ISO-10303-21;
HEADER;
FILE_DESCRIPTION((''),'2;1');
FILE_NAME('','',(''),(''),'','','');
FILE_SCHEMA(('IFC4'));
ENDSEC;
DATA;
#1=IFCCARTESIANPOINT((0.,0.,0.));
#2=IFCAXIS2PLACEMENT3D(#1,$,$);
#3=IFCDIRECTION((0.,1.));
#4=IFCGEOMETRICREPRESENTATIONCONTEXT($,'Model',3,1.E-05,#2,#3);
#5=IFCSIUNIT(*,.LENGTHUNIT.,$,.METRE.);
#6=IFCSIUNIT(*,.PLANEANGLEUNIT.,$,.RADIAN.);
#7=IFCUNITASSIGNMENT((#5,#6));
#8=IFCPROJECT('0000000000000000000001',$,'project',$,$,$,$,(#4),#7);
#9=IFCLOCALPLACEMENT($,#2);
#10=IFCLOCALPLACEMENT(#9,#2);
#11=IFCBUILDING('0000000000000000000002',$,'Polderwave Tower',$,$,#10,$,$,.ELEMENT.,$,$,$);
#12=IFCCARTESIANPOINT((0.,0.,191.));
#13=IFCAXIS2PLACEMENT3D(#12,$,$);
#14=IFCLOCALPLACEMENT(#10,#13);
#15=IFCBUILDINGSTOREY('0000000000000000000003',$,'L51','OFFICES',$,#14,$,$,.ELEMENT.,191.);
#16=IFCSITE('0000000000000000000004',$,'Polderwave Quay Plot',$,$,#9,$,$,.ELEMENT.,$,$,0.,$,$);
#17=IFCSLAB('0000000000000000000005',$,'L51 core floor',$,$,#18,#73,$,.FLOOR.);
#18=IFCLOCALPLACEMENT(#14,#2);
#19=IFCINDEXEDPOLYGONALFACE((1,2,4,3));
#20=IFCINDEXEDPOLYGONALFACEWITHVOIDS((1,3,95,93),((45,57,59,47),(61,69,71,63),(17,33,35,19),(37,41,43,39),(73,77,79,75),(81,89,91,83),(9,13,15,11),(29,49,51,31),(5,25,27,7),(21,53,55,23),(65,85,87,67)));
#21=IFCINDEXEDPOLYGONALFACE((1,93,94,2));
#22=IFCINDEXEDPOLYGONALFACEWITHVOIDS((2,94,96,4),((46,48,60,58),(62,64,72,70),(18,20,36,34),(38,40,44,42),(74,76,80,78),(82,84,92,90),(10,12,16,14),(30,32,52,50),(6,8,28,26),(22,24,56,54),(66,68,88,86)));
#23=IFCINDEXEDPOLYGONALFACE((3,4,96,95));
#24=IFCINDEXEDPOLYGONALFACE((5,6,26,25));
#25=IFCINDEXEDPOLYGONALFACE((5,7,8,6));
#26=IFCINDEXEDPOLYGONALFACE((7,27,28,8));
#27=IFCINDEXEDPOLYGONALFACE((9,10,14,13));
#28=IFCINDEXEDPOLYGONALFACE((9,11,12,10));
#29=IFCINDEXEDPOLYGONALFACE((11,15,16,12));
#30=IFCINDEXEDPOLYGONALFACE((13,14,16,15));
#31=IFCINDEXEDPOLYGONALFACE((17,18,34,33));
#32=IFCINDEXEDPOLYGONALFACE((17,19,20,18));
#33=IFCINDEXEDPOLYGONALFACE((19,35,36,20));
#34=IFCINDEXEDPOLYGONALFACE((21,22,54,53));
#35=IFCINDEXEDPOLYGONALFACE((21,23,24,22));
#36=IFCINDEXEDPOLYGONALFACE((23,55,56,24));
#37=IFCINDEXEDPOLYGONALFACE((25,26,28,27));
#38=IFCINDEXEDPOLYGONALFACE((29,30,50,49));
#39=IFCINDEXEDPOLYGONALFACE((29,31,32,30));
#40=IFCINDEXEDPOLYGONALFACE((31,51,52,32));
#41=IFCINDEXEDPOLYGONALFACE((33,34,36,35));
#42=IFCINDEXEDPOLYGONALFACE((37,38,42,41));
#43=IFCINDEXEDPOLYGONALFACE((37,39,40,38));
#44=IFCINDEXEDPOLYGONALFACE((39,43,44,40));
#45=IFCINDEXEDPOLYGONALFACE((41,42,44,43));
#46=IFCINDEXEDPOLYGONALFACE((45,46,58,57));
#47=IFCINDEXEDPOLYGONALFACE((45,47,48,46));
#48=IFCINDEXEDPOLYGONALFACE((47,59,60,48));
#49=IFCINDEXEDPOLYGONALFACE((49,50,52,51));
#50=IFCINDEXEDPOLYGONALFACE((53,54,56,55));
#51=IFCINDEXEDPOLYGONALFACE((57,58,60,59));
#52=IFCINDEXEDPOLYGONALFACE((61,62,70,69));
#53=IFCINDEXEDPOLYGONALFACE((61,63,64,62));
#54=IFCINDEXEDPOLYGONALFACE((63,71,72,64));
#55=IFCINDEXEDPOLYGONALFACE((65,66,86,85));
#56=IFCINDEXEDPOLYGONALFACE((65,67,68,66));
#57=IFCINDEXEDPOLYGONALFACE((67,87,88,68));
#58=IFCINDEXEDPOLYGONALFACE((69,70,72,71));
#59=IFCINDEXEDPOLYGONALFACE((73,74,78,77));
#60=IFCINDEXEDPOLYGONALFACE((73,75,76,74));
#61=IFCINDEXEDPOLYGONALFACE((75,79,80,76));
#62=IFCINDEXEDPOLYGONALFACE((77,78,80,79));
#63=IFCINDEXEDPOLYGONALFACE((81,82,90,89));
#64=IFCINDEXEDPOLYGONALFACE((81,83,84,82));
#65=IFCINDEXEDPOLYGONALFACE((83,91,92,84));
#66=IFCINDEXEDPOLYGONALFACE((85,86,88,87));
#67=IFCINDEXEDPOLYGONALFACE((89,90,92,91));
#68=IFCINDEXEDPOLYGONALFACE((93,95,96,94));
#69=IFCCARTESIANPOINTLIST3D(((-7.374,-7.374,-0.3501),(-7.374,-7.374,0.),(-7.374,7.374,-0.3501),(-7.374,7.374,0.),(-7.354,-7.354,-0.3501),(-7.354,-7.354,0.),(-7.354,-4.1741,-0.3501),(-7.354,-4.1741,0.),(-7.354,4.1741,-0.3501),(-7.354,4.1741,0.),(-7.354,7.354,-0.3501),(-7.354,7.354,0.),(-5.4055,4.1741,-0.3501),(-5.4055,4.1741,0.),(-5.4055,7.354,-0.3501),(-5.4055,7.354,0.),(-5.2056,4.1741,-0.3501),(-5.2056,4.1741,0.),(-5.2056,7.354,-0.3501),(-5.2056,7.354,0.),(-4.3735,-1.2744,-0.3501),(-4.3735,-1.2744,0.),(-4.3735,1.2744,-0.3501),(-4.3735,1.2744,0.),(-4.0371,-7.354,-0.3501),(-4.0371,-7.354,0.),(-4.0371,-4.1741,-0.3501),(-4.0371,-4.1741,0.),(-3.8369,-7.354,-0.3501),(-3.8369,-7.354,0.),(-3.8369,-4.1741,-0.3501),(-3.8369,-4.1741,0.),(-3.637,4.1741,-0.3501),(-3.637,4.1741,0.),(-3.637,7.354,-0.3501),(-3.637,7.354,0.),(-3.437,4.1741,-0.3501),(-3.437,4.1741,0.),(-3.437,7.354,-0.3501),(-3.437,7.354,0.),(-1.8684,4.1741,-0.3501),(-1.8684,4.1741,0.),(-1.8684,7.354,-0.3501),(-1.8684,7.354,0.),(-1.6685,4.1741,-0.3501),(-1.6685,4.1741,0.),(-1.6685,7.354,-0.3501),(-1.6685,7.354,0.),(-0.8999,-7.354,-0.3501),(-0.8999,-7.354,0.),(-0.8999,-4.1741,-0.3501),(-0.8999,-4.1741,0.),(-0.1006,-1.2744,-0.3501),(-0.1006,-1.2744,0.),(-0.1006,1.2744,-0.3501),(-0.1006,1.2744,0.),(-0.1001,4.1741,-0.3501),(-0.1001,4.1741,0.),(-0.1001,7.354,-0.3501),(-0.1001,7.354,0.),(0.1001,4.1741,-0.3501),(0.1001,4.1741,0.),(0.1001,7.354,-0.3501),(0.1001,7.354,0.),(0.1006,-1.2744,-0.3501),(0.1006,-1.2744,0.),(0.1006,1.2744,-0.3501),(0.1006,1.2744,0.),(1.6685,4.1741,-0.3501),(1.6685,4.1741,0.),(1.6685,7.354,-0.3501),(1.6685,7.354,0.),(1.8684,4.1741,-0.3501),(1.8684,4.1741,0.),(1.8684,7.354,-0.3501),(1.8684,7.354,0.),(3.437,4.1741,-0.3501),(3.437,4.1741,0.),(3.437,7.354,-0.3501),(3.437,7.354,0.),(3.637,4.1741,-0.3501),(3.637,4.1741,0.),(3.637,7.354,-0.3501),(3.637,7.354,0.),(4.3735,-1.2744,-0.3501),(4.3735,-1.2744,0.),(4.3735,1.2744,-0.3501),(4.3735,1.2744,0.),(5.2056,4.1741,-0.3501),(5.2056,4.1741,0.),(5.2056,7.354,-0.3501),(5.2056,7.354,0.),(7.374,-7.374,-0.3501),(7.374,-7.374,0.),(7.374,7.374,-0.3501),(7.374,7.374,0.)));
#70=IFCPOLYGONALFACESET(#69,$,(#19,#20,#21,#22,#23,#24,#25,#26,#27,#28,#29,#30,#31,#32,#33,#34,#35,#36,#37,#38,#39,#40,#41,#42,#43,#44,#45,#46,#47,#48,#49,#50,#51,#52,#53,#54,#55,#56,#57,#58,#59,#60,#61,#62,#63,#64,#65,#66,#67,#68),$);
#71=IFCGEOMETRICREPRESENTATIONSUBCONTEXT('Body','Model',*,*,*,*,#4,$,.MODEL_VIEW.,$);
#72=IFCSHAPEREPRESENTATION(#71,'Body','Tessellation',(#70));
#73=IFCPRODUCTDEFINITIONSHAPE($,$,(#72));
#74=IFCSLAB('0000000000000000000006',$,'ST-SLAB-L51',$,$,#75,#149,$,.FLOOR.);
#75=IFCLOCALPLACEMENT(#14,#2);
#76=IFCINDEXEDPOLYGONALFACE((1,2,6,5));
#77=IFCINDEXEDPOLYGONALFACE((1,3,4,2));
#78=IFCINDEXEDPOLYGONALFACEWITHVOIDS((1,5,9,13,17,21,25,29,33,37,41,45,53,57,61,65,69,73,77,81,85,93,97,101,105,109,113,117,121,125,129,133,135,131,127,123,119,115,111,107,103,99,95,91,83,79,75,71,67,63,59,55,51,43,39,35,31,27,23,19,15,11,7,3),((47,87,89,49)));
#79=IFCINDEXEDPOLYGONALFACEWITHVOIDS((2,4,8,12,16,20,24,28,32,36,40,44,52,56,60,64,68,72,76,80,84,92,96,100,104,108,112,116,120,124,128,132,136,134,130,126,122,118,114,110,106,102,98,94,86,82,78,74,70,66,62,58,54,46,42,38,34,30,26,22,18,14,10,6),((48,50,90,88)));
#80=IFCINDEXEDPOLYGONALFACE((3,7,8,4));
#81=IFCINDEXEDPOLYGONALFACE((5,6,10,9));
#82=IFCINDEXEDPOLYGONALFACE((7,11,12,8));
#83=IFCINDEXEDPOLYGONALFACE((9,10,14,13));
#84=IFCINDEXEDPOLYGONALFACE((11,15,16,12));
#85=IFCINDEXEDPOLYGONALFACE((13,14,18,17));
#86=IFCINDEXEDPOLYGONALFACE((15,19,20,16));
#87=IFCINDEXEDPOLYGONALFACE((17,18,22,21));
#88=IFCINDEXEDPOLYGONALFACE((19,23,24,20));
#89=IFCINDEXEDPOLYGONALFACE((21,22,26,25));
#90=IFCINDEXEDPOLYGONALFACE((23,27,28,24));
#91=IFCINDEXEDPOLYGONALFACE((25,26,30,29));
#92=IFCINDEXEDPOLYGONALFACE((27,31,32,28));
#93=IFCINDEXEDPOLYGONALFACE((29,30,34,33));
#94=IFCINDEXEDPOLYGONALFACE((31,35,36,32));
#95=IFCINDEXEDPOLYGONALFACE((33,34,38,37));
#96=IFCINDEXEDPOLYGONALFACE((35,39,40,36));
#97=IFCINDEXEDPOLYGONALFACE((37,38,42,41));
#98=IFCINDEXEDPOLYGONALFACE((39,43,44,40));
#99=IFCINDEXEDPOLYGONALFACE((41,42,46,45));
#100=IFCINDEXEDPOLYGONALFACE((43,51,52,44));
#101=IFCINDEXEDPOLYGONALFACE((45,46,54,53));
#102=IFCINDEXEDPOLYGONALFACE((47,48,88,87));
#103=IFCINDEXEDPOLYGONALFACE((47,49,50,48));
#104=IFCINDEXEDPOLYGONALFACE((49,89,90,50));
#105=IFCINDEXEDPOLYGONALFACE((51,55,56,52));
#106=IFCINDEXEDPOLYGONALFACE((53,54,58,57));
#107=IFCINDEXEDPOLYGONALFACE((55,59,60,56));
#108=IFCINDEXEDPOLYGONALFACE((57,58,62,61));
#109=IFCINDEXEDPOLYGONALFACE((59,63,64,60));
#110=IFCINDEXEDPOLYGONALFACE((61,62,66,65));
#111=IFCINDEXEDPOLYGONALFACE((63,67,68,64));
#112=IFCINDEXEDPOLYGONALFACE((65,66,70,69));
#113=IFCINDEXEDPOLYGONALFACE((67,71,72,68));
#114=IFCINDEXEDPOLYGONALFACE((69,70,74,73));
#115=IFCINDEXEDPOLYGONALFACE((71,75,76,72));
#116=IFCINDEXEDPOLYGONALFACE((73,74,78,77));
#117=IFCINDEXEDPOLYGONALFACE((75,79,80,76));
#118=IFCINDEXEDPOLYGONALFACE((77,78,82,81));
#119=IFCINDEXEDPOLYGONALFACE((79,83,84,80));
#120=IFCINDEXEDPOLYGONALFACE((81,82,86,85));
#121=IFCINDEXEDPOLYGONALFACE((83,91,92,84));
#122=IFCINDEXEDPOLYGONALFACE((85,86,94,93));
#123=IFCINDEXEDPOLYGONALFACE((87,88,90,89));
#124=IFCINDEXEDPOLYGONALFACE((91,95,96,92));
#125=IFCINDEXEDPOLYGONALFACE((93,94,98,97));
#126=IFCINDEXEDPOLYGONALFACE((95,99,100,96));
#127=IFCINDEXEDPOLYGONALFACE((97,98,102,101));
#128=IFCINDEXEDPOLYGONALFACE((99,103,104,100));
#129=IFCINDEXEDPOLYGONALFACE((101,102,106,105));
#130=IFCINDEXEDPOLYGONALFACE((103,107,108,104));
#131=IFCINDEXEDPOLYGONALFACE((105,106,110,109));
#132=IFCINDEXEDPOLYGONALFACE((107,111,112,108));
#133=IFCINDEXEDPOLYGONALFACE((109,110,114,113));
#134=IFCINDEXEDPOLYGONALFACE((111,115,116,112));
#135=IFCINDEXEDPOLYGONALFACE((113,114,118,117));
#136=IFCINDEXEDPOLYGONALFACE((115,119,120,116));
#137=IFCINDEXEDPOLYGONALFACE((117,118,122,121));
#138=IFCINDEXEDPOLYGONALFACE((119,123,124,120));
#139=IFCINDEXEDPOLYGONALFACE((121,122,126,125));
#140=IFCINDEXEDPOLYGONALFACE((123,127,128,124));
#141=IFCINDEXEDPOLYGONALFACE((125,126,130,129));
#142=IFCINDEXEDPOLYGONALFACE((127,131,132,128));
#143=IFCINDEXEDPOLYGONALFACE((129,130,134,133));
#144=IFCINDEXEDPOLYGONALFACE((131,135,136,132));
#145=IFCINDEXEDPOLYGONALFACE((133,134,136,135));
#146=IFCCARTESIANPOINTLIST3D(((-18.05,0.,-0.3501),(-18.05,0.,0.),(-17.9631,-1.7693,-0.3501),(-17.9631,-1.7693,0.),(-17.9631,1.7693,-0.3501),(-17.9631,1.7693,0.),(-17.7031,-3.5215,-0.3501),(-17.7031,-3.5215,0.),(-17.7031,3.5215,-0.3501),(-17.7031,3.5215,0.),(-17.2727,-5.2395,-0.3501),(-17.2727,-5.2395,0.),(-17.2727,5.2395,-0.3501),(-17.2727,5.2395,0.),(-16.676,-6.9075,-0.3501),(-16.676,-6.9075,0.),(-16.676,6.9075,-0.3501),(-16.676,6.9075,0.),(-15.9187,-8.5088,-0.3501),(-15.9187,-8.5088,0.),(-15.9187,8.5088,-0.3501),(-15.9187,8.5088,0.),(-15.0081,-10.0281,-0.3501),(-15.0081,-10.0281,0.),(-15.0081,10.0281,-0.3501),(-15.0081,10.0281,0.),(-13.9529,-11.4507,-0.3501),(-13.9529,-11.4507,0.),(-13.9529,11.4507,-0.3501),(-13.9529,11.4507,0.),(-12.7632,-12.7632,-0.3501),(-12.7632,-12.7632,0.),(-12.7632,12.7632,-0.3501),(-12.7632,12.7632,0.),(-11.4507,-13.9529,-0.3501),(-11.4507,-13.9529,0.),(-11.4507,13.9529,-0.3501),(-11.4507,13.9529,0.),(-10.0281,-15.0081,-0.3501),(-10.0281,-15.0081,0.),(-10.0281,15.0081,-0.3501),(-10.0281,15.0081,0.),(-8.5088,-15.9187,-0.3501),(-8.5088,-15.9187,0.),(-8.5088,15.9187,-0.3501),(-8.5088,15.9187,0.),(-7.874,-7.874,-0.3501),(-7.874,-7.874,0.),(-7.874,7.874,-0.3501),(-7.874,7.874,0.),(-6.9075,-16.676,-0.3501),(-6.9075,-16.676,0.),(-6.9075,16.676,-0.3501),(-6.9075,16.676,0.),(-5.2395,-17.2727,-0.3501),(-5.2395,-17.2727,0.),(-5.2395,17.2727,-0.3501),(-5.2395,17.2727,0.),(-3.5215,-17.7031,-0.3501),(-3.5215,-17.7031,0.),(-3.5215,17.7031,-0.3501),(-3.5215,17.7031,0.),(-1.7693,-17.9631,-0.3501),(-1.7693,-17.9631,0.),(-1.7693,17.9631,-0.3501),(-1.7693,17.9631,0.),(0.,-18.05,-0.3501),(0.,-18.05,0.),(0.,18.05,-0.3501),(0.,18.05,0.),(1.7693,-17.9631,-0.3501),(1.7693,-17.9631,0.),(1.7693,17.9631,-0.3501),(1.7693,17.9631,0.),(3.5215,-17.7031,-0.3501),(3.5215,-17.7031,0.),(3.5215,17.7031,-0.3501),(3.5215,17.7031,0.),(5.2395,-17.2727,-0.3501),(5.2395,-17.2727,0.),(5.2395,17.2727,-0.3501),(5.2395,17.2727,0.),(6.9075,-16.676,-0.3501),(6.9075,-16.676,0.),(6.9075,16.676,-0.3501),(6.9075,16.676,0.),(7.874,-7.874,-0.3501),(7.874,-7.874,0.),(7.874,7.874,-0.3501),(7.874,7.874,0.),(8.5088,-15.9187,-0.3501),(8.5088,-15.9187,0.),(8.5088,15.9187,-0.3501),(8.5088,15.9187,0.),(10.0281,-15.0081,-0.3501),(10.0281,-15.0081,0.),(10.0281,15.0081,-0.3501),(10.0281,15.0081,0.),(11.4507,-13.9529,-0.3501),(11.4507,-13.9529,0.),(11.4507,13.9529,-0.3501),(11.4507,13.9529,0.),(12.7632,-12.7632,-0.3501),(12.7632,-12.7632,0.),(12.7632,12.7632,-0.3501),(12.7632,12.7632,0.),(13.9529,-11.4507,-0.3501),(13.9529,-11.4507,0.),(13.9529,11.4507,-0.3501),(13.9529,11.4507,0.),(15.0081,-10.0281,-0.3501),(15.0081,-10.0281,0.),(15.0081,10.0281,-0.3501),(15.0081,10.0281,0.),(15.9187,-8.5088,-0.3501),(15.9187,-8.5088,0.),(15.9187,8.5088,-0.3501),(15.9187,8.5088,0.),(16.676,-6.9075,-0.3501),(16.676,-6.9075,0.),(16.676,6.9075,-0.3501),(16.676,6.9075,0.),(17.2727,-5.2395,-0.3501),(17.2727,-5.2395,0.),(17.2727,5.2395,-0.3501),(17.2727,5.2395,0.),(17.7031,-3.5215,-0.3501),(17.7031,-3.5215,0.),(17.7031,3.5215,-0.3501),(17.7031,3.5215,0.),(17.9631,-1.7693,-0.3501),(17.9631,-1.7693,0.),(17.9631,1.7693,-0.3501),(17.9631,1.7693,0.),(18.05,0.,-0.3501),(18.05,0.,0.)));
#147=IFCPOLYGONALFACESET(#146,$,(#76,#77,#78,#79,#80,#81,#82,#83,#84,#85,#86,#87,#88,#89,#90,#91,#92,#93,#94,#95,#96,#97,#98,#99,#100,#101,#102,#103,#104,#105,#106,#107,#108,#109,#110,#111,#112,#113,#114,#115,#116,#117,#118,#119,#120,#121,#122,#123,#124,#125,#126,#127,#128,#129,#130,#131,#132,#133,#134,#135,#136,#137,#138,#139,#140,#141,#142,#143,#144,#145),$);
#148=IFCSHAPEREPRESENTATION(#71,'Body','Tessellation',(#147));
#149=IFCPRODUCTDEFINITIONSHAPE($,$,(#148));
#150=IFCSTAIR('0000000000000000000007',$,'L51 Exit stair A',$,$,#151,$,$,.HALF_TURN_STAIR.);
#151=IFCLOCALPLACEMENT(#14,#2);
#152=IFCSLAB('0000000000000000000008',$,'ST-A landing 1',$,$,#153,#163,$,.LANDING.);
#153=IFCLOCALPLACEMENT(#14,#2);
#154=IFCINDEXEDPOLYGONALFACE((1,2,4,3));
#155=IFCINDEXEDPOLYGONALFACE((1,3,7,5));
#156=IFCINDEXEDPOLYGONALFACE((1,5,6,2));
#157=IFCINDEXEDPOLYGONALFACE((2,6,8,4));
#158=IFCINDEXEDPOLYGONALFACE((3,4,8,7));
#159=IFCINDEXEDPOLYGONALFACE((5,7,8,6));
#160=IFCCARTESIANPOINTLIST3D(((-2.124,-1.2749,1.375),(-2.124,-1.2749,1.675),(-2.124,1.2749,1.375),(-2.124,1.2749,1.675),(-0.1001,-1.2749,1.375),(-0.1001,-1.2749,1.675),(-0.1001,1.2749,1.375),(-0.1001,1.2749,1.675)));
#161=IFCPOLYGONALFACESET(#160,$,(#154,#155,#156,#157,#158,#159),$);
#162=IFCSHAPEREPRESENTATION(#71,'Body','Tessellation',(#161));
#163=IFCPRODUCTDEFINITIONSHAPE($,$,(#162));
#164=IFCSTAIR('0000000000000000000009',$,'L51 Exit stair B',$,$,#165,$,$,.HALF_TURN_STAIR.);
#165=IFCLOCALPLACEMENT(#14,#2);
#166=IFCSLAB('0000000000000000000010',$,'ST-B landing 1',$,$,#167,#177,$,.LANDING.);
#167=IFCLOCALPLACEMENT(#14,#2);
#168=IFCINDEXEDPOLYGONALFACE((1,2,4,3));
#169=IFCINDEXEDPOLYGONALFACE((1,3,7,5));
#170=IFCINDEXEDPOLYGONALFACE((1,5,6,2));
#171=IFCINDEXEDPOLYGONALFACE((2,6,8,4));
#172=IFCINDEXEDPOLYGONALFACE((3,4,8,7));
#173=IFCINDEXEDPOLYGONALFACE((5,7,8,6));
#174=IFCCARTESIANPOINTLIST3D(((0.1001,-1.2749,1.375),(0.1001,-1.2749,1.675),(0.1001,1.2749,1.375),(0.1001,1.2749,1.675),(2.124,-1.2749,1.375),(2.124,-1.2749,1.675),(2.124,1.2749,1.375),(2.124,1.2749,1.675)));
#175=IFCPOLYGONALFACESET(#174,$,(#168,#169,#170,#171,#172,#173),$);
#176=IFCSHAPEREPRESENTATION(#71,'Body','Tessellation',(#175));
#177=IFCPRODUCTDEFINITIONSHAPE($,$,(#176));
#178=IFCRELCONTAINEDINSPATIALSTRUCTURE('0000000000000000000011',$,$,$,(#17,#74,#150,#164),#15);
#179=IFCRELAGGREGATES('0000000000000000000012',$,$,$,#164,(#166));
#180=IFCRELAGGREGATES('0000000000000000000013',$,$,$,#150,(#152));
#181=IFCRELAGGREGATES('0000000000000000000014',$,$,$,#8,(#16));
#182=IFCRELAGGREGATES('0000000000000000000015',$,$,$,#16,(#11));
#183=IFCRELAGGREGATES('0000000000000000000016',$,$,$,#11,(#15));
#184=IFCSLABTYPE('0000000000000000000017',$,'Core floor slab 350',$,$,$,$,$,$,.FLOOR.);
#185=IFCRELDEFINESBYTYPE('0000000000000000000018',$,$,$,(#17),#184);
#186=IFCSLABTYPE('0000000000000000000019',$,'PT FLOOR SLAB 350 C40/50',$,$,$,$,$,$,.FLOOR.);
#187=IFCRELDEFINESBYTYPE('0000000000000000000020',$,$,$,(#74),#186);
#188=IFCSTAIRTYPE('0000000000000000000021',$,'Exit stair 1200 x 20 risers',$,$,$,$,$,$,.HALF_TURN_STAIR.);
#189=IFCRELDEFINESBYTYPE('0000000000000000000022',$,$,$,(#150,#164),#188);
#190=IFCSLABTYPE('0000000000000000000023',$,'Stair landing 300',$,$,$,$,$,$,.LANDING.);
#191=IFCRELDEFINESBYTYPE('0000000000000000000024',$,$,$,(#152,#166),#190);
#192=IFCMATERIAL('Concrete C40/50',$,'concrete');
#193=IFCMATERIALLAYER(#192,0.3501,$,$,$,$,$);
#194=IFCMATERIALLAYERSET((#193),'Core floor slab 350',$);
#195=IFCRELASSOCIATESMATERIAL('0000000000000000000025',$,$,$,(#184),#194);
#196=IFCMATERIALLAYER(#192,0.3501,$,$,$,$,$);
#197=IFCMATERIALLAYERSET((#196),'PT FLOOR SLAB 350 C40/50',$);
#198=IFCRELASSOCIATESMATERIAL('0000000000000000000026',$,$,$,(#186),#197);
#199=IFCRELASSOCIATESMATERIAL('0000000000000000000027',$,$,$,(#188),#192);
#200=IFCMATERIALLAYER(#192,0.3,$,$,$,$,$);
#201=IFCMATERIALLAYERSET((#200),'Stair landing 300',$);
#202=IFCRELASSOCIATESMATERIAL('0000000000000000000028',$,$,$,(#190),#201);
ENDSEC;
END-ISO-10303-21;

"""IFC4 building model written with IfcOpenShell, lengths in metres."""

from ifc_helpers import new_model, si_unit, direction, frame, origin, place, context, subcontext, project, spatial, polyline, outline, extrude, material, layer, layer_set, type_object, element, aggregate, save


model = new_model("IFC4")

# Units and contexts
model_context = context("Model", 3, precision=1e-05, world=origin(), true_north=direction((0.0, 1.0)))
body_context = subcontext(model_context, "Body", "Model", "MODEL_VIEW")
ifc_project = project(units=[si_unit("LENGTHUNIT", "METRE"), si_unit("PLANEANGLEUNIT", "RADIAN")], contexts=[model_context])

# Site, building, storey
site_placement = place(None, origin())
site = spatial("IfcSite", under=ifc_project, at=site_placement, Name="Polderwave Quay Plot", CompositionType="ELEMENT", RefElevation=0.0)
building_placement = place(site_placement, origin())
building = spatial("IfcBuilding", under=site, at=building_placement, Name="Polderwave Tower", CompositionType="ELEMENT")
storey_placement = place(building_placement, frame((0.0, 0.0, 191.0)))
storey = spatial("IfcBuildingStorey", under=building, at=storey_placement, Name="L51", Description="OFFICES", CompositionType="ELEMENT", Elevation=191.0)

# Slabs
ifc_material_1 = material(Name="Concrete C40/50", Category="concrete")
ifc_layer_1 = layer(ifc_material_1, 0.3501)
ifc_layer_set_1 = layer_set([ifc_layer_1], Name="Core floor slab 350")
slab_type_1 = type_object("IfcSlabType", Name="Core floor slab 350", PredefinedType="FLOOR", material=ifc_layer_set_1)
slab_1_placement = place(storey_placement, frame((0.0, 0.0, -0.3501)))
element("IfcSlab", 1, at=slab_1_placement, inside=storey, type_object=slab_type_1, Name="L51 core floor", PredefinedType="FLOOR", context=body_context, shape_type="SweptSolid", body=[
    extrude(outline(polyline([(-7.374, -7.374), (7.374, -7.374), (7.374, 7.374), (-7.374, 7.374), (-7.374, -7.374)]), holes=[polyline([(-7.354, -7.354), (-4.0371, -7.354), (-4.0371, -4.1741), (-7.354, -4.1741), (-7.354, -7.354)]), polyline([(-3.8369, -7.354), (-0.8999, -7.354), (-0.8999, -4.1741), (-3.8369, -4.1741), (-3.8369, -7.354)]), polyline([(-7.354, 4.1741), (-5.4055, 4.1741), (-5.4055, 7.354), (-7.354, 7.354), (-7.354, 4.1741)]), polyline([(-5.2056, 4.1741), (-3.637, 4.1741), (-3.637, 7.354), (-5.2056, 7.354), (-5.2056, 4.1741)]), polyline([(-3.437, 4.1741), (-1.8684, 4.1741), (-1.8684, 7.354), (-3.437, 7.354), (-3.437, 4.1741)]), polyline([(-1.6685, 4.1741), (-0.1001, 4.1741), (-0.1001, 7.354), (-1.6685, 7.354), (-1.6685, 4.1741)]), polyline([(0.1001, 4.1741), (1.6685, 4.1741), (1.6685, 7.354), (0.1001, 7.354), (0.1001, 4.1741)]), polyline([(1.8684, 4.1741), (3.437, 4.1741), (3.437, 7.354), (1.8684, 7.354), (1.8684, 4.1741)]), polyline([(3.637, 4.1741), (5.2056, 4.1741), (5.2056, 7.354), (3.637, 7.354), (3.637, 4.1741)]), polyline([(-4.3735, -1.2744), (-0.1006, -1.2744), (-0.1006, 1.2744), (-4.3735, 1.2744), (-4.3735, -1.2744)]), polyline([(0.1006, -1.2744), (4.3735, -1.2744), (4.3735, 1.2744), (0.1006, 1.2744), (0.1006, -1.2744)])]), origin(), (0.0, 0.0, 1.0), 0.3501),
])
ifc_layer_2 = layer(ifc_material_1, 0.3501)
ifc_layer_set_2 = layer_set([ifc_layer_2], Name="PT FLOOR SLAB 350 C40/50")
slab_type_2 = type_object("IfcSlabType", Name="PT FLOOR SLAB 350 C40/50", PredefinedType="FLOOR", material=ifc_layer_set_2)
slab_2_placement = place(storey_placement, frame((0.0, 0.0, -0.3501)))
element("IfcSlab", 2, at=slab_2_placement, inside=storey, type_object=slab_type_2, Name="ST-SLAB-L51", PredefinedType="FLOOR", context=body_context, shape_type="SweptSolid", body=[
    extrude(outline(polyline([(18.05, 0.0), (17.9631, 1.7693), (17.7031, 3.5215), (17.2727, 5.2395), (16.676, 6.9075), (15.9187, 8.5088), (15.0081, 10.0281), (13.9529, 11.4507), (12.7632, 12.7632), (11.4507, 13.9529), (10.0281, 15.0081), (8.5088, 15.9187), (6.9075, 16.676), (5.2395, 17.2727), (3.5215, 17.7031), (1.7693, 17.9631), (0.0, 18.05), (-1.7693, 17.9631), (-3.5215, 17.7031), (-5.2395, 17.2727), (-6.9075, 16.676), (-8.5088, 15.9187), (-10.0281, 15.0081), (-11.4507, 13.9529), (-12.7632, 12.7632), (-13.9529, 11.4507), (-15.0081, 10.0281), (-15.9187, 8.5088), (-16.676, 6.9075), (-17.2727, 5.2395), (-17.7031, 3.5215), (-17.9631, 1.7693), (-18.05, 0.0), (-17.9631, -1.7693), (-17.7031, -3.5215), (-17.2727, -5.2395), (-16.676, -6.9075), (-15.9187, -8.5088), (-15.0081, -10.0281), (-13.9529, -11.4507), (-12.7632, -12.7632), (-11.4507, -13.9529), (-10.0281, -15.0081), (-8.5088, -15.9187), (-6.9075, -16.676), (-5.2395, -17.2727), (-3.5215, -17.7031), (-1.7693, -17.9631), (0.0, -18.05), (1.7693, -17.9631), (3.5215, -17.7031), (5.2395, -17.2727), (6.9075, -16.676), (8.5088, -15.9187), (10.0281, -15.0081), (11.4507, -13.9529), (12.7632, -12.7632), (13.9529, -11.4507), (15.0081, -10.0281), (15.9187, -8.5088), (16.676, -6.9075), (17.2727, -5.2395), (17.7031, -3.5215), (17.9631, -1.7693), (18.05, 0.0)]), holes=[polyline([(-7.874, -7.874), (7.874, -7.874), (7.874, 7.874), (-7.874, 7.874), (-7.874, -7.874)])]), origin(), (0.0, 0.0, 1.0), 0.3501),
])

# Stairs, slabs
stair_type = type_object("IfcStairType", Name="Exit stair 1200 x 20 risers", PredefinedType="HALF_TURN_STAIR", material=ifc_material_1)
stair_1_placement = place(storey_placement, origin())
stair_1 = element("IfcStair", 3, at=stair_1_placement, inside=storey, type_object=stair_type, Name="L51 Exit stair A", PredefinedType="HALF_TURN_STAIR")
ifc_layer_3 = layer(ifc_material_1, 0.3)
ifc_layer_set_3 = layer_set([ifc_layer_3], Name="Stair landing 300")
slab_type_3 = type_object("IfcSlabType", Name="Stair landing 300", PredefinedType="LANDING", material=ifc_layer_set_3)
slab_3_placement = place(storey_placement, frame((0.0, 0.0, 1.375)))
slab_3 = element("IfcSlab", 4, at=slab_3_placement, type_object=slab_type_3, Name="ST-A landing 1", PredefinedType="LANDING", context=body_context, shape_type="SweptSolid", body=[
    extrude(outline(polyline([(-2.124, -1.2749), (-0.1001, -1.2749), (-0.1001, 1.2749), (-2.124, 1.2749), (-2.124, -1.2749)])), origin(), (0.0, 0.0, 1.0), 0.3),
])
stair_2_placement = place(storey_placement, origin())
stair_2 = element("IfcStair", 5, at=stair_2_placement, inside=storey, type_object=stair_type, Name="L51 Exit stair B", PredefinedType="HALF_TURN_STAIR")
slab_4_placement = place(storey_placement, frame((0.0, 0.0, 1.375)))
slab_4 = element("IfcSlab", 6, at=slab_4_placement, type_object=slab_type_3, Name="ST-B landing 1", PredefinedType="LANDING", context=body_context, shape_type="SweptSolid", body=[
    extrude(outline(polyline([(2.124, 1.2749), (0.1001, 1.2749), (0.1001, -1.2749), (2.124, -1.2749), (2.124, 1.2749)])), origin(), (0.0, 0.0, 1.0), 0.3),
])
aggregate(stair_2, [slab_4])

aggregate(stair_1, [slab_3])

save(model, "model.ifc")
